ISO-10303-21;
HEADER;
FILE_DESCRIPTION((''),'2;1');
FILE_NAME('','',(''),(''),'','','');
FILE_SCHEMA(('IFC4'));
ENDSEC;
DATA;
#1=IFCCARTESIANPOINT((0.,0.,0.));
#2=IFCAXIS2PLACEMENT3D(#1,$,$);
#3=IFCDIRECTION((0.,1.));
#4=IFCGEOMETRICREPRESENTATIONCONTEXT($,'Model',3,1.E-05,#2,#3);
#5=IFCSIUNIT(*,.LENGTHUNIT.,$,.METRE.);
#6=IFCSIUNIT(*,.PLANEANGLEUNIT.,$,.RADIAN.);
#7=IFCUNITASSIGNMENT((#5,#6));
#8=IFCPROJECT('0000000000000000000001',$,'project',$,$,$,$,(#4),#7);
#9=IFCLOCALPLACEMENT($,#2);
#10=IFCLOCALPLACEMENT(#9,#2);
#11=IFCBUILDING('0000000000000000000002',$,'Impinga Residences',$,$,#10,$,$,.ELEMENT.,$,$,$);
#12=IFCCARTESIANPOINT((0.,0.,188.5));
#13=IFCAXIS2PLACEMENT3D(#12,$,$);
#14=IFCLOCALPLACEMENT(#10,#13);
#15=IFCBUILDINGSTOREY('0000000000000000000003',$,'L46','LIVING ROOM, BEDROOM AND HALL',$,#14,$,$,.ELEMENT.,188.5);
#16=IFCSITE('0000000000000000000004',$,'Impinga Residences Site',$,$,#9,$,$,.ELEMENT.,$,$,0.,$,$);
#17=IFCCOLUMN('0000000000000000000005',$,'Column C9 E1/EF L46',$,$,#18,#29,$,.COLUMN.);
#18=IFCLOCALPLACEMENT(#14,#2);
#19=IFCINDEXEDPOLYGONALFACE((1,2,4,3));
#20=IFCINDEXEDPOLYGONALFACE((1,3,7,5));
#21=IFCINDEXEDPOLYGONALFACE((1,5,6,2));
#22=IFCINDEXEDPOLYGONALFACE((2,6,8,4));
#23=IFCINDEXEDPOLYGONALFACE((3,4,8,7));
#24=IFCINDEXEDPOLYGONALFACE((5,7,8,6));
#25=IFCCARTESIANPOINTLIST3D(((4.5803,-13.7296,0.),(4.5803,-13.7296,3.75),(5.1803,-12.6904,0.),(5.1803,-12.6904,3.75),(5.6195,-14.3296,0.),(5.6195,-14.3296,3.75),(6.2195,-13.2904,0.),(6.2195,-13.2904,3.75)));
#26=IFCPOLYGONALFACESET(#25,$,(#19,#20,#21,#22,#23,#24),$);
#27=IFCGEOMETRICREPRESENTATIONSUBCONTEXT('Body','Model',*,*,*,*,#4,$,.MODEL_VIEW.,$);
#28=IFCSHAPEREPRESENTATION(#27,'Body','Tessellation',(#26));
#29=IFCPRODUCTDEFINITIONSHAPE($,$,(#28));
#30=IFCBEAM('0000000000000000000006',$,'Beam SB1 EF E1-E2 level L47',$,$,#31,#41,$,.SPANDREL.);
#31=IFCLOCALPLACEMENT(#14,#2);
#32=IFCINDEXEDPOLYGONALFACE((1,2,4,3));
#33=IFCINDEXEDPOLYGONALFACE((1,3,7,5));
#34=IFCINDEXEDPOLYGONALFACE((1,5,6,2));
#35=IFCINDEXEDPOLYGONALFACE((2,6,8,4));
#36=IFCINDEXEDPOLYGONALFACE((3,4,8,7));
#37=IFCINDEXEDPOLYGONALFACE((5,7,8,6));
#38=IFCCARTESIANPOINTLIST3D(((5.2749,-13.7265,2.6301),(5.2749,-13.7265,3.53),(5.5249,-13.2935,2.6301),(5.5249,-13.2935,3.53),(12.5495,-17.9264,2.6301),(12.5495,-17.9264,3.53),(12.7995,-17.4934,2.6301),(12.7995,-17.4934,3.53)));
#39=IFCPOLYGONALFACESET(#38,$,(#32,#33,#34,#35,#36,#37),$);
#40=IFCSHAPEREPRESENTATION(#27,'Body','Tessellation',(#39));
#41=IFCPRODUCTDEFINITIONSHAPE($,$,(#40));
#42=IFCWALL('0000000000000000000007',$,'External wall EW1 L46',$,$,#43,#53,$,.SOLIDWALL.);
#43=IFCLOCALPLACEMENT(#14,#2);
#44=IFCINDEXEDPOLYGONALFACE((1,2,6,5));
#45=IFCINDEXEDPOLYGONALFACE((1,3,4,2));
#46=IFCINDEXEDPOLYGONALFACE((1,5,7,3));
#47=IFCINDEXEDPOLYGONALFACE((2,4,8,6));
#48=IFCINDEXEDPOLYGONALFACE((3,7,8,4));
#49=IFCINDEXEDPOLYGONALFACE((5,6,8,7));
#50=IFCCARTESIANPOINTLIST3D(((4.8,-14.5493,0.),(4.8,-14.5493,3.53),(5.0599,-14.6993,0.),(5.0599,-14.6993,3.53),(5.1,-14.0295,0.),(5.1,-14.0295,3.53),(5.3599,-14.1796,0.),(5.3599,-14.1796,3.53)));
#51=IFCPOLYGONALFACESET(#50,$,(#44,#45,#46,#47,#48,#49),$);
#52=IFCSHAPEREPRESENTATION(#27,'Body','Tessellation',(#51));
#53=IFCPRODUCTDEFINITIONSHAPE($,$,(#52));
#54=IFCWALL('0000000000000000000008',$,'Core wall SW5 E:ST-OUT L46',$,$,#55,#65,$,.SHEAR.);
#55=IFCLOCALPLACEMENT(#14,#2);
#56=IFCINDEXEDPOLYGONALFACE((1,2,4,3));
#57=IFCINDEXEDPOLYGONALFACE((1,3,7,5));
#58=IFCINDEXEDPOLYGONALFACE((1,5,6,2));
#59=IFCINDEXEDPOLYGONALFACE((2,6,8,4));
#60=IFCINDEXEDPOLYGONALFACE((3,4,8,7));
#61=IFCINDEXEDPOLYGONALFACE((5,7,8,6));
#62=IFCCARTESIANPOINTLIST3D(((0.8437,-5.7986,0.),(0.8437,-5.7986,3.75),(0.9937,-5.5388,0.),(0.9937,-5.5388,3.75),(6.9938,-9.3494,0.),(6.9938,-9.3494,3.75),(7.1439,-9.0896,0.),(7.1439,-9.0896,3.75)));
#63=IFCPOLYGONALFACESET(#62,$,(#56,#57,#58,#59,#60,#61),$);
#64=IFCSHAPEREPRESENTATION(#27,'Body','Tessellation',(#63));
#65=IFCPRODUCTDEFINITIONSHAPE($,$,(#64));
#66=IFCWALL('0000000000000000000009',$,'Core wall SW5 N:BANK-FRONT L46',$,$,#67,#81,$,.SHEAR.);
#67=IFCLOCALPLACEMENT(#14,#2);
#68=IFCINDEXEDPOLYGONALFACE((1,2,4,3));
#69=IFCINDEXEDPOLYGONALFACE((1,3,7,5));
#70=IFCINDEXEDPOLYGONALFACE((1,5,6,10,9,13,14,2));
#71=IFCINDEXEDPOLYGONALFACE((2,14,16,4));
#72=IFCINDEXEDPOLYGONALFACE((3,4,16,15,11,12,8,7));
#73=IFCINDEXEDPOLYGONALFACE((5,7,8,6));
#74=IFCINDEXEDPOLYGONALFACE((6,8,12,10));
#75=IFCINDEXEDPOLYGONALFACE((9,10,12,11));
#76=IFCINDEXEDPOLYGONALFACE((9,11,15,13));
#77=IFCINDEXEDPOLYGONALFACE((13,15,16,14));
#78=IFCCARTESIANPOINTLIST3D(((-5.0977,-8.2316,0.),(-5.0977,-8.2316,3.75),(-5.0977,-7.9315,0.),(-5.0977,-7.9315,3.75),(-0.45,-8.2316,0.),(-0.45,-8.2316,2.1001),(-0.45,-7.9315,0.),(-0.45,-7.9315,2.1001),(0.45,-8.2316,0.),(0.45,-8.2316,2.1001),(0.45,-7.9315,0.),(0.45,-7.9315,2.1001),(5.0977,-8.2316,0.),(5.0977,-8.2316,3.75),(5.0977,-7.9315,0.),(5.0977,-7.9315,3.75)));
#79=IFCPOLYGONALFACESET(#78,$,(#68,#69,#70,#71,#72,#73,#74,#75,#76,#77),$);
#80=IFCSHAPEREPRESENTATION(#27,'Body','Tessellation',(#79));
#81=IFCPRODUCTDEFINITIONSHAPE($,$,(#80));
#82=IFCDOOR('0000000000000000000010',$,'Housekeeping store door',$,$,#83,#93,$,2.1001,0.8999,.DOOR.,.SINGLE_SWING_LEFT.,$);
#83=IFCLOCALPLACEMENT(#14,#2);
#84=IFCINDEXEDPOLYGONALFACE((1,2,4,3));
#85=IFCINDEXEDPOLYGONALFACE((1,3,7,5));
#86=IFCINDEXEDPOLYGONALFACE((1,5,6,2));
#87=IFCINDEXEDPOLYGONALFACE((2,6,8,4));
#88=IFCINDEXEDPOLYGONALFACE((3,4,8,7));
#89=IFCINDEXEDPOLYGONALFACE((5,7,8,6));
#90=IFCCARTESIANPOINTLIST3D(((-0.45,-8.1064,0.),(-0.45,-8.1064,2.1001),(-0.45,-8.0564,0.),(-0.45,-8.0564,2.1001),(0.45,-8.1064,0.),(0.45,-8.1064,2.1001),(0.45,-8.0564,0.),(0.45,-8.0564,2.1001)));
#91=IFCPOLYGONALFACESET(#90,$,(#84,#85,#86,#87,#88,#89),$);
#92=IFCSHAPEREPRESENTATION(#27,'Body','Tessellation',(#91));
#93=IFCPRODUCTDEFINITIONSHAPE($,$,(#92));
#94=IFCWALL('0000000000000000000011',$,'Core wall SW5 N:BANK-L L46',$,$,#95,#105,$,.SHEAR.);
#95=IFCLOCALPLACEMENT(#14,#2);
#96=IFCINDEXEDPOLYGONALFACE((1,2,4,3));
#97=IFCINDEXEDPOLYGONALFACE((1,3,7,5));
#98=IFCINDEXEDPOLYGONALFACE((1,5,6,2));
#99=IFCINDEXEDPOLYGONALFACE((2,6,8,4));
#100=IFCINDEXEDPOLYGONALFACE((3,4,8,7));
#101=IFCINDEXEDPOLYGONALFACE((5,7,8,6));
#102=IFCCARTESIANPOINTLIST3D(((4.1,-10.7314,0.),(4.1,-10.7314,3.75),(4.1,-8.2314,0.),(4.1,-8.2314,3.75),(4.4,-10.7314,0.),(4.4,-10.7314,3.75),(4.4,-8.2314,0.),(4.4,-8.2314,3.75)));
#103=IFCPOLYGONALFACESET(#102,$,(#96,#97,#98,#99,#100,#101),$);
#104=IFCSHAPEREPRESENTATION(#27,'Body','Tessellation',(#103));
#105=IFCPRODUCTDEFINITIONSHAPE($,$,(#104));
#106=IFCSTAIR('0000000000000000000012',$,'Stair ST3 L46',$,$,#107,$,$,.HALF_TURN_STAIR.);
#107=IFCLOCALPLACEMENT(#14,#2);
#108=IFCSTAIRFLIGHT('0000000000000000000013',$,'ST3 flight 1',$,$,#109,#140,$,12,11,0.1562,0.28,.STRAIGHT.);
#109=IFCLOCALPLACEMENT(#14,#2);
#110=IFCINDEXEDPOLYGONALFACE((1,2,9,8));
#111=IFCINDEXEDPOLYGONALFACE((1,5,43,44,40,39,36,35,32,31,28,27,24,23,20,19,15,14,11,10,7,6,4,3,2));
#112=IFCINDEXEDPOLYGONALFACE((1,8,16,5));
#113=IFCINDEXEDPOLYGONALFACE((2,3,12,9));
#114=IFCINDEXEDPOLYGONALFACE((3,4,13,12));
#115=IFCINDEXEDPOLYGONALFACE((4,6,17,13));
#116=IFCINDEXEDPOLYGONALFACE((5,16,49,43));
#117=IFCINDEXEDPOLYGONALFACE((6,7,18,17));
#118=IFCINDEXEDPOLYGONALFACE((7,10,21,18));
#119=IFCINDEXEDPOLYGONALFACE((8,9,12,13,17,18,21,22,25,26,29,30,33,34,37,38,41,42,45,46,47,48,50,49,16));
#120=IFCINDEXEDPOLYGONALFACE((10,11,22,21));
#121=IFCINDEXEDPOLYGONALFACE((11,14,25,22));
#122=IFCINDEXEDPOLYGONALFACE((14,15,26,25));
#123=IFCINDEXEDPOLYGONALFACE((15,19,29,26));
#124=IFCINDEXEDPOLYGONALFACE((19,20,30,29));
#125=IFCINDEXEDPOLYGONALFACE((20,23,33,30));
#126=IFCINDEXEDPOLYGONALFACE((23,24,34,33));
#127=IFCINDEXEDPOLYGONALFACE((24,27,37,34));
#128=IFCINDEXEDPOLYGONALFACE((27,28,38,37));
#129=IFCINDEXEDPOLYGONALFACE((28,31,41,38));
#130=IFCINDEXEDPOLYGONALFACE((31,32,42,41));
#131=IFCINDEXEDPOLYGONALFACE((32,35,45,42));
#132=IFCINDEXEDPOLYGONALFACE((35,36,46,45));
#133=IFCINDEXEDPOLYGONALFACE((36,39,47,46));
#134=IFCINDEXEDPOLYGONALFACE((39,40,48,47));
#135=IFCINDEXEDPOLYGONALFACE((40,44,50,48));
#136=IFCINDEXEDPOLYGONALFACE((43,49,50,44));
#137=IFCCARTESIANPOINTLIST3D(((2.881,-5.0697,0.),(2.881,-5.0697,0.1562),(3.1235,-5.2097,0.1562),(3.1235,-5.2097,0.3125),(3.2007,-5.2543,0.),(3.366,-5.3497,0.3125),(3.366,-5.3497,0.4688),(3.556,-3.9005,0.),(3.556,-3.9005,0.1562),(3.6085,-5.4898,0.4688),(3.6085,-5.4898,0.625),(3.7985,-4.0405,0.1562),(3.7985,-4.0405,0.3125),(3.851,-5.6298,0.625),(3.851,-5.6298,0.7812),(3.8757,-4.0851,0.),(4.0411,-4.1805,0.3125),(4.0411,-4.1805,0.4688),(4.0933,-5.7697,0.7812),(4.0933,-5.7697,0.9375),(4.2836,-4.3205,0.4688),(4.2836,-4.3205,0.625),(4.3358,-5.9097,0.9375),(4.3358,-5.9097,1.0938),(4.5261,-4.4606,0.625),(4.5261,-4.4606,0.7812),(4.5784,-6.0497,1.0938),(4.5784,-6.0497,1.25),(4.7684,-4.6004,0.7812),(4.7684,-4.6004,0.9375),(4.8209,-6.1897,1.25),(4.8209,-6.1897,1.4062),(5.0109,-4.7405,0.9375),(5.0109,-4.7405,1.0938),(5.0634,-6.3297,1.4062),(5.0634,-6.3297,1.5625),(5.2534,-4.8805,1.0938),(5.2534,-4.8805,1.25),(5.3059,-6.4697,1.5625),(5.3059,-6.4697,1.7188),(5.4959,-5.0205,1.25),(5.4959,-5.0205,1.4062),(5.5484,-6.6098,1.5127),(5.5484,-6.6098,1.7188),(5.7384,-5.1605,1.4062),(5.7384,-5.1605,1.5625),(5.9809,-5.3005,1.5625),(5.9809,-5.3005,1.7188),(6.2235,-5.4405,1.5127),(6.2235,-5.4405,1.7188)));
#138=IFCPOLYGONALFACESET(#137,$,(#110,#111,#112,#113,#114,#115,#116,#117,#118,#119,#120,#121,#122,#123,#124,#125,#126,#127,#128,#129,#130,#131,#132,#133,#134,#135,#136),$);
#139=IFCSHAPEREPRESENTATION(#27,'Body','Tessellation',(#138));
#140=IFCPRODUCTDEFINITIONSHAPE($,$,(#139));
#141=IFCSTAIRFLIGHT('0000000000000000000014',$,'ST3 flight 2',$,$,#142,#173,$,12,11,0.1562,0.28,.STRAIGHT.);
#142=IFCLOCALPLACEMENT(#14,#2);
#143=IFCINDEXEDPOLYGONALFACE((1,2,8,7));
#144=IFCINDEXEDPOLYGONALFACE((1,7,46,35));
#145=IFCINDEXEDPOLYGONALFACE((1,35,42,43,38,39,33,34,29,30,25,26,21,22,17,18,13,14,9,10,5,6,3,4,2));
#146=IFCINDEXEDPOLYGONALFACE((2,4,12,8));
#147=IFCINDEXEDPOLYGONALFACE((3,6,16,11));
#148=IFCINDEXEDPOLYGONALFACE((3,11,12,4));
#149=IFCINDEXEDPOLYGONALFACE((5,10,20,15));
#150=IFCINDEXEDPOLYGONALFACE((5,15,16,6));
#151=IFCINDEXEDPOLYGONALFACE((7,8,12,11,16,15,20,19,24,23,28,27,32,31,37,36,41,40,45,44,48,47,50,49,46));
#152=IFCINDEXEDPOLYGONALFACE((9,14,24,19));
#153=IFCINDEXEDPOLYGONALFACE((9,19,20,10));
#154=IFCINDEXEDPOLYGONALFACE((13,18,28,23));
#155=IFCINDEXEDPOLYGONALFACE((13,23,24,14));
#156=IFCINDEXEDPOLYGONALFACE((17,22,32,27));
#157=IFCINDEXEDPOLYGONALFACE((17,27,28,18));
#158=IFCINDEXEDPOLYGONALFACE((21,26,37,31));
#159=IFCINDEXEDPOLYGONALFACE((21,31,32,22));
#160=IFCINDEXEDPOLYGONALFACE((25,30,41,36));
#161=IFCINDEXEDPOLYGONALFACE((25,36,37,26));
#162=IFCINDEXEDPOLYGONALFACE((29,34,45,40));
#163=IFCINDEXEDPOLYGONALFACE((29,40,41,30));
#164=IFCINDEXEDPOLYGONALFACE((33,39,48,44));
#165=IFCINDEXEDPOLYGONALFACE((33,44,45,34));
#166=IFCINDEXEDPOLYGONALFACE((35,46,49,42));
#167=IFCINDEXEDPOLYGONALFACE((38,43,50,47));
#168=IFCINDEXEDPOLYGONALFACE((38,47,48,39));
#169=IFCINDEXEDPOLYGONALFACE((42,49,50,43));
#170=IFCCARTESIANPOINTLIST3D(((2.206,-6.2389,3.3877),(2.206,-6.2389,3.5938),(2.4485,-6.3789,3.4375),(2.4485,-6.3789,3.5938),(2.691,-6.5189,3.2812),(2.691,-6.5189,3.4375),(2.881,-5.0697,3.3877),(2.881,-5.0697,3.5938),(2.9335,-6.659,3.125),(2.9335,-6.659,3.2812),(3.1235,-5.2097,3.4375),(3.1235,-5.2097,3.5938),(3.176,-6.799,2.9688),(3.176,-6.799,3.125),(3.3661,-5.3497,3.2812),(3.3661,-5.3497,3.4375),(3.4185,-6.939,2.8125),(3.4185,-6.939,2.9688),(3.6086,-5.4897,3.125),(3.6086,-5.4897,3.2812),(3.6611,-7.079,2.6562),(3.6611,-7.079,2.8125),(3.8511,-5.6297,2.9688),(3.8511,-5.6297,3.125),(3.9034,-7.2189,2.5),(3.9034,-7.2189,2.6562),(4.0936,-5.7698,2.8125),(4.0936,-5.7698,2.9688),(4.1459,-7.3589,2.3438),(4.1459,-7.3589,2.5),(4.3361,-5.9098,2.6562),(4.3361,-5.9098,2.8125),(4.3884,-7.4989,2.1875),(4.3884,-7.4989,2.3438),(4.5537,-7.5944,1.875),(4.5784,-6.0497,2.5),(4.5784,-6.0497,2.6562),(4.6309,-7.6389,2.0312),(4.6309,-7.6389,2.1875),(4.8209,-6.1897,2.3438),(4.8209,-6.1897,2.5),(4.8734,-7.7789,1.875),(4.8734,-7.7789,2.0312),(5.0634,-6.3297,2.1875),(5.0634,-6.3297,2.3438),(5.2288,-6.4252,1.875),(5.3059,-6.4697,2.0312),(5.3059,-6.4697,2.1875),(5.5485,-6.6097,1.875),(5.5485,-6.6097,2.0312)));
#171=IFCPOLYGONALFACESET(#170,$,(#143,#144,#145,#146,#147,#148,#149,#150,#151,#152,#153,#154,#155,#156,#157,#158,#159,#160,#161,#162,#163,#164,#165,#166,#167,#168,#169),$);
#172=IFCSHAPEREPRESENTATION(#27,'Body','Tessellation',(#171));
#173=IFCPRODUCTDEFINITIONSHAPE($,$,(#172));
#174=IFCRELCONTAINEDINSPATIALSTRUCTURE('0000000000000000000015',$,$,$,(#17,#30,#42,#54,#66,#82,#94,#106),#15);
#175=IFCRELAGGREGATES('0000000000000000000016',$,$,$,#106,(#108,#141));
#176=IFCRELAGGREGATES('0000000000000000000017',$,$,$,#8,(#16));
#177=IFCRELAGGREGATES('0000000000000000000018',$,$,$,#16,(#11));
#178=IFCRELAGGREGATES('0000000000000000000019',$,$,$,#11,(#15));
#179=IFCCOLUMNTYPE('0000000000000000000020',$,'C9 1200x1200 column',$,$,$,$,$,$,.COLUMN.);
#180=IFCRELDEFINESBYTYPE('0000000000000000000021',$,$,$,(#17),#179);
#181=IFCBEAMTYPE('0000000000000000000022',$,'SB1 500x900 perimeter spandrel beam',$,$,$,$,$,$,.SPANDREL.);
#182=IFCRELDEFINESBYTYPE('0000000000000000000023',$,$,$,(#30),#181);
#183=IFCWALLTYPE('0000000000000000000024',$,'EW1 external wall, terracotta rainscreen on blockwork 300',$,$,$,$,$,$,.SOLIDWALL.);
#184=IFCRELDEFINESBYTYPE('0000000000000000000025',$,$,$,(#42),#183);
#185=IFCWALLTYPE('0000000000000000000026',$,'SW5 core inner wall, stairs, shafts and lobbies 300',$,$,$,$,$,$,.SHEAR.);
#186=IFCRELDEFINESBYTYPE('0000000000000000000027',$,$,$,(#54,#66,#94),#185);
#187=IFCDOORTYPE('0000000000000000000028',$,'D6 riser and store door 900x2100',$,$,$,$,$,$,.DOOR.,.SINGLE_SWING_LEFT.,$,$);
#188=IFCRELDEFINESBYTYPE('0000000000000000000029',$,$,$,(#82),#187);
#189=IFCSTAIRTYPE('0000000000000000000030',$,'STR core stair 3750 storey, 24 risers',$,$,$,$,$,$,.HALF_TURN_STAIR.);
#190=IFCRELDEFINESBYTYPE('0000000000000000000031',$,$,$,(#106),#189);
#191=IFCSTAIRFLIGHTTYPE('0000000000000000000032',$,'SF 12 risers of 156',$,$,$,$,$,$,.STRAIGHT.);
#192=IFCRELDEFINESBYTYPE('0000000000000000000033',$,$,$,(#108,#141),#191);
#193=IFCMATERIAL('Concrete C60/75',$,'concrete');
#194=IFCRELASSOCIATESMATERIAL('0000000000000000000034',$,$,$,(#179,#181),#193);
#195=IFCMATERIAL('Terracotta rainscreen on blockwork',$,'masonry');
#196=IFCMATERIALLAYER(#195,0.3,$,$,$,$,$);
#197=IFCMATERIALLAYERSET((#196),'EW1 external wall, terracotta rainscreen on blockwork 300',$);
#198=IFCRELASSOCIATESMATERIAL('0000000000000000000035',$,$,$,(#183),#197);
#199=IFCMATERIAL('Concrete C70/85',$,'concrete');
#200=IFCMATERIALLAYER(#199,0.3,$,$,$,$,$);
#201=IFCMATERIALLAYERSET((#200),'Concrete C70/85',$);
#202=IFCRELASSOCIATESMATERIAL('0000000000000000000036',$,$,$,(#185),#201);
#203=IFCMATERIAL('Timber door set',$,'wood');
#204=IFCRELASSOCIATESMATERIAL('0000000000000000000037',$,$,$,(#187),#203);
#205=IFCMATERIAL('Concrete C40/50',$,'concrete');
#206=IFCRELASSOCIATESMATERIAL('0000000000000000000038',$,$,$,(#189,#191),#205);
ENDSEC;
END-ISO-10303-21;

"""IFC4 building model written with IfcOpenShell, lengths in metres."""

from ifc_helpers import new_model, si_unit, direction, frame, frame_2d, origin, origin_2d, place, context, subcontext, project, spatial, polyline, rectangle, outline, extrude, material, layer, layer_set, material_profile, profile_set, type_object, element, fill, aggregate, save


model = new_model("IFC4")

# Units and contexts
model_context = context("Model", 3, precision=1e-05, world=origin(), true_north=direction((0.0, 1.0)))
body_context = subcontext(model_context, "Body", "Model", "MODEL_VIEW")
ifc_project = project(units=[si_unit("LENGTHUNIT", "METRE"), si_unit("PLANEANGLEUNIT", "RADIAN")], contexts=[model_context])

# Site, building, storey
site_placement = place(None, origin())
site = spatial("IfcSite", under=ifc_project, at=site_placement, Name="Impinga Residences Site", CompositionType="ELEMENT", RefElevation=0.0)
building_placement = place(site_placement, origin())
building = spatial("IfcBuilding", under=site, at=building_placement, Name="Impinga Residences", CompositionType="ELEMENT")
storey_placement = place(building_placement, frame((0.0, 0.0, 188.5)))
storey = spatial("IfcBuildingStorey", under=building, at=storey_placement, Name="L46", Description="LIVING ROOM, BEDROOM AND HALL", CompositionType="ELEMENT", Elevation=188.5)

# Column
ifc_material_1 = material(Name="Concrete C60/75", Category="concrete")
ifc_material_profile_1 = material_profile(ifc_material_1, rectangle(XDim=1.2, YDim=1.2, at=origin_2d()), Name="RC 1200x1200")
ifc_profile_set_1 = profile_set([ifc_material_profile_1], Name="Concrete C60/75")
column_type = type_object("IfcColumnType", Name="C9 1200x1200 column", PredefinedType="COLUMN", material=ifc_profile_set_1)
column_placement = place(storey_placement, frame((5.3999, -13.51, 0.0), z_axis=(0.0, 0.0, 1.0), x_axis=(-0.5, -0.866025, 0.0)))
element("IfcColumn", 1, at=column_placement, inside=storey, type_object=column_type, Name="Column C9 E1/EF L46", PredefinedType="COLUMN", context=body_context, shape_type="SweptSolid", body=[
    extrude(rectangle(XDim=1.2, YDim=1.2, at=origin_2d()), origin(), (0.0, 0.0, 1.0), 3.75),
])

# Beam
ifc_material_profile_2 = material_profile(ifc_material_1, rectangle(XDim=0.5, YDim=0.8999, at=origin_2d()), Name="RC 500x900")
ifc_profile_set_2 = profile_set([ifc_material_profile_2], Name="Concrete C60/75")
beam_type = type_object("IfcBeamType", Name="SB1 500x900 perimeter spandrel beam", PredefinedType="SPANDREL", material=ifc_profile_set_2)
beam_placement = place(storey_placement, frame((5.3999, -13.51, 3.0801), z_axis=(0.866029, -0.499993, 0.0), x_axis=(0.499993, 0.866029, 0.0)))
element("IfcBeam", 2, at=beam_placement, inside=storey, type_object=beam_type, Name="Beam SB1 EF E1-E2 level L47", PredefinedType="SPANDREL", context=body_context, shape_type="SweptSolid", body=[
    extrude(rectangle(XDim=0.5, YDim=0.8999, at=origin_2d()), origin(), (0.0, 0.0, 1.0), 8.3999),
])

# Walls
ifc_material_2 = material(Name="Terracotta rainscreen on blockwork", Category="masonry")
ifc_layer_1 = layer(ifc_material_2, 0.3)
ifc_layer_set_1 = layer_set([ifc_layer_1], Name="EW1 external wall, terracotta rainscreen on blockwork 300")
wall_type_1 = type_object("IfcWallType", Name="EW1 external wall, terracotta rainscreen on blockwork 300", PredefinedType="SOLIDWALL", material=ifc_layer_set_1)
wall_1_placement = place(storey_placement, frame((4.9299, -14.6243, 0.0), z_axis=(0.0, 0.0, 1.0), x_axis=(0.499945, 0.866057, 0.0)))
element("IfcWall", 3, at=wall_1_placement, inside=storey, type_object=wall_type_1, Name="External wall EW1 L46", PredefinedType="SOLIDWALL", context=body_context, shape_type="SweptSolid", body=[
    extrude(rectangle(XDim=0.6001, YDim=0.3, at=frame_2d((0.3, 0.0))), origin(), (0.0, 0.0, 1.0), 3.53),
])
ifc_material_3 = material(Name="Concrete C70/85", Category="concrete")
ifc_layer_2 = layer(ifc_material_3, 0.3)
ifc_layer_set_2 = layer_set([ifc_layer_2], Name="Concrete C70/85")
wall_type_2 = type_object("IfcWallType", Name="SW5 core inner wall, stairs, shafts and lobbies 300", PredefinedType="SHEAR", material=ifc_layer_set_2)
wall_2_placement = place(storey_placement, frame((0.9187, -5.6687, 0.0), z_axis=(0.0, 0.0, 1.0), x_axis=(0.866026, -0.499999, 0.0)))
element("IfcWall", 4, at=wall_2_placement, inside=storey, type_object=wall_type_2, Name="Core wall SW5 E:ST-OUT L46", PredefinedType="SHEAR", context=body_context, shape_type="SweptSolid", body=[
    extrude(rectangle(XDim=7.1016, YDim=0.3, at=frame_2d((3.5508, 0.0))), origin(), (0.0, 0.0, 1.0), 3.75),
])

# Wall, opening, door
wall_3_placement = place(storey_placement, frame((5.0977, -8.0815, 0.0), z_axis=(0.0, 0.0, 1.0), x_axis=(-1.0, 0.0, 0.0)))
wall_3 = element("IfcWall", 5, at=wall_3_placement, inside=storey, type_object=wall_type_2, Name="Core wall SW5 N:BANK-FRONT L46", PredefinedType="SHEAR", context=body_context, shape_type="SweptSolid", body=[
    extrude(rectangle(XDim=10.1953, YDim=0.3, at=frame_2d((5.0977, 0.0))), origin(), (0.0, 0.0, 1.0), 3.75),
])
opening_placement = place(wall_3_placement, frame((4.6477, 0.0, 0.0)))
opening = element("IfcOpeningElement", 6, at=opening_placement, cuts=wall_3, PredefinedType="OPENING", context=body_context, shape_type="SweptSolid", body=[
    extrude(rectangle(XDim=0.8999, YDim=2.1001, at=frame_2d((0.45, 1.05))), frame((0.0, 0.1599, 0.0), z_axis=(0.0, -1.0, 0.0), x_axis=(1.0, 0.0, 0.0)), (0.0, 0.0, 1.0), 0.3201),
])
ifc_material_4 = material(Name="Timber door set", Category="wood")
door_type = type_object("IfcDoorType", Name="D6 riser and store door 900x2100", OperationType="SINGLE_SWING_LEFT", PredefinedType="DOOR", material=ifc_material_4)
door_placement = place(opening_placement, origin())
door = element("IfcDoor", 7, at=door_placement, inside=storey, type_object=door_type, Name="Housekeeping store door", OperationType="SINGLE_SWING_LEFT", OverallHeight=2.1001, OverallWidth=0.8999, PredefinedType="DOOR", context=body_context, shape_type="SweptSolid", body=[
    extrude(rectangle(XDim=0.8999, YDim=2.1001, at=frame_2d((0.45, 1.05))), frame((0.0, 0.0249, 0.0), z_axis=(0.0, -1.0, 0.0), x_axis=(1.0, 0.0, 0.0)), (0.0, 0.0, 1.0), 0.05),
])
fill(opening, door)

# Wall
wall_4_placement = place(storey_placement, frame((4.25, -8.2314, 0.0), z_axis=(0.0, 0.0, 1.0), x_axis=(0.0, -1.0, 0.0)))
element("IfcWall", 8, at=wall_4_placement, inside=storey, type_object=wall_type_2, Name="Core wall SW5 N:BANK-L L46", PredefinedType="SHEAR", context=body_context, shape_type="SweptSolid", body=[
    extrude(rectangle(XDim=2.5, YDim=0.3, at=frame_2d((1.25, 0.0))), origin(), (0.0, 0.0, 1.0), 3.75),
])

# Stair, stair flights
ifc_material_5 = material(Name="Concrete C40/50", Category="concrete")
stair_type = type_object("IfcStairType", Name="STR core stair 3750 storey, 24 risers", PredefinedType="HALF_TURN_STAIR", material=ifc_material_5)
stair_placement = place(storey_placement, origin())
stair = element("IfcStair", 9, at=stair_placement, inside=storey, type_object=stair_type, Name="Stair ST3 L46", PredefinedType="HALF_TURN_STAIR")
stair_flight_type = type_object("IfcStairFlightType", Name="SF 12 risers of 156", PredefinedType="STRAIGHT", material=ifc_material_5)
stair_flight_1_placement = place(storey_placement, frame((3.2185, -4.4851, 0.0), z_axis=(0.0, 0.0, 1.0), x_axis=(0.866025, -0.5, 0.0)))
stair_flight_1 = element("IfcStairFlight", 10, at=stair_flight_1_placement, type_object=stair_flight_type, Name="ST3 flight 1", NumberOfRisers=12, NumberOfTreads=11, PredefinedType="STRAIGHT", RiserHeight=0.1562, TreadLength=0.28, context=body_context, shape_type="SweptSolid", body=[
    extrude(outline(polyline([(0.0, 0.0), (0.0, 0.1562), (0.28, 0.1562), (0.28, 0.3125), (0.5601, 0.3125), (0.5601, 0.4688), (0.8401, 0.4688), (0.8401, 0.625), (1.1201, 0.625), (1.1201, 0.7812), (1.3999, 0.7812), (1.3999, 0.9375), (1.6799, 0.9375), (1.6799, 1.0938), (1.96, 1.0938), (1.96, 1.25), (2.24, 1.25), (2.24, 1.4062), (2.52, 1.4062), (2.52, 1.5625), (2.8, 1.5625), (2.8, 1.7188), (3.0801, 1.7188), (3.0801, 1.875), (3.0801, 1.5127), (0.3691, 0.0), (0.0, 0.0)])), frame((0.0, 0.675, 0.0), z_axis=(0.0, -1.0, 0.0), x_axis=(1.0, 0.0, 0.0)), (0.0, 0.0, 1.0), 1.3501),
])
stair_flight_2_placement = place(storey_placement, frame((5.2109, -7.1943, 1.875), z_axis=(0.0, 0.0, 1.0), x_axis=(-0.866025, 0.5, 0.0)))
stair_flight_2 = element("IfcStairFlight", 11, at=stair_flight_2_placement, type_object=stair_flight_type, Name="ST3 flight 2", NumberOfRisers=12, NumberOfTreads=11, PredefinedType="STRAIGHT", RiserHeight=0.1562, TreadLength=0.28, context=body_context, shape_type="SweptSolid", body=[
    extrude(outline(polyline([(0.0, 0.0), (0.0, 0.1562), (0.28, 0.1562), (0.28, 0.3125), (0.5601, 0.3125), (0.5601, 0.4688), (0.8401, 0.4688), (0.8401, 0.625), (1.1201, 0.625), (1.1201, 0.7812), (1.3999, 0.7812), (1.3999, 0.9375), (1.6799, 0.9375), (1.6799, 1.0938), (1.96, 1.0938), (1.96, 1.25), (2.24, 1.25), (2.24, 1.4062), (2.52, 1.4062), (2.52, 1.5625), (2.8, 1.5625), (2.8, 1.7188), (3.0801, 1.7188), (3.0801, 1.875), (3.0801, 1.5127), (0.3691, 0.0), (0.0, 0.0)])), frame((0.0, 0.675, 0.0), z_axis=(0.0, -1.0, 0.0), x_axis=(1.0, 0.0, 0.0)), (0.0, 0.0, 1.0), 1.3501),
])
aggregate(stair, [stair_flight_1, stair_flight_2])

save(model, "model.ifc")
